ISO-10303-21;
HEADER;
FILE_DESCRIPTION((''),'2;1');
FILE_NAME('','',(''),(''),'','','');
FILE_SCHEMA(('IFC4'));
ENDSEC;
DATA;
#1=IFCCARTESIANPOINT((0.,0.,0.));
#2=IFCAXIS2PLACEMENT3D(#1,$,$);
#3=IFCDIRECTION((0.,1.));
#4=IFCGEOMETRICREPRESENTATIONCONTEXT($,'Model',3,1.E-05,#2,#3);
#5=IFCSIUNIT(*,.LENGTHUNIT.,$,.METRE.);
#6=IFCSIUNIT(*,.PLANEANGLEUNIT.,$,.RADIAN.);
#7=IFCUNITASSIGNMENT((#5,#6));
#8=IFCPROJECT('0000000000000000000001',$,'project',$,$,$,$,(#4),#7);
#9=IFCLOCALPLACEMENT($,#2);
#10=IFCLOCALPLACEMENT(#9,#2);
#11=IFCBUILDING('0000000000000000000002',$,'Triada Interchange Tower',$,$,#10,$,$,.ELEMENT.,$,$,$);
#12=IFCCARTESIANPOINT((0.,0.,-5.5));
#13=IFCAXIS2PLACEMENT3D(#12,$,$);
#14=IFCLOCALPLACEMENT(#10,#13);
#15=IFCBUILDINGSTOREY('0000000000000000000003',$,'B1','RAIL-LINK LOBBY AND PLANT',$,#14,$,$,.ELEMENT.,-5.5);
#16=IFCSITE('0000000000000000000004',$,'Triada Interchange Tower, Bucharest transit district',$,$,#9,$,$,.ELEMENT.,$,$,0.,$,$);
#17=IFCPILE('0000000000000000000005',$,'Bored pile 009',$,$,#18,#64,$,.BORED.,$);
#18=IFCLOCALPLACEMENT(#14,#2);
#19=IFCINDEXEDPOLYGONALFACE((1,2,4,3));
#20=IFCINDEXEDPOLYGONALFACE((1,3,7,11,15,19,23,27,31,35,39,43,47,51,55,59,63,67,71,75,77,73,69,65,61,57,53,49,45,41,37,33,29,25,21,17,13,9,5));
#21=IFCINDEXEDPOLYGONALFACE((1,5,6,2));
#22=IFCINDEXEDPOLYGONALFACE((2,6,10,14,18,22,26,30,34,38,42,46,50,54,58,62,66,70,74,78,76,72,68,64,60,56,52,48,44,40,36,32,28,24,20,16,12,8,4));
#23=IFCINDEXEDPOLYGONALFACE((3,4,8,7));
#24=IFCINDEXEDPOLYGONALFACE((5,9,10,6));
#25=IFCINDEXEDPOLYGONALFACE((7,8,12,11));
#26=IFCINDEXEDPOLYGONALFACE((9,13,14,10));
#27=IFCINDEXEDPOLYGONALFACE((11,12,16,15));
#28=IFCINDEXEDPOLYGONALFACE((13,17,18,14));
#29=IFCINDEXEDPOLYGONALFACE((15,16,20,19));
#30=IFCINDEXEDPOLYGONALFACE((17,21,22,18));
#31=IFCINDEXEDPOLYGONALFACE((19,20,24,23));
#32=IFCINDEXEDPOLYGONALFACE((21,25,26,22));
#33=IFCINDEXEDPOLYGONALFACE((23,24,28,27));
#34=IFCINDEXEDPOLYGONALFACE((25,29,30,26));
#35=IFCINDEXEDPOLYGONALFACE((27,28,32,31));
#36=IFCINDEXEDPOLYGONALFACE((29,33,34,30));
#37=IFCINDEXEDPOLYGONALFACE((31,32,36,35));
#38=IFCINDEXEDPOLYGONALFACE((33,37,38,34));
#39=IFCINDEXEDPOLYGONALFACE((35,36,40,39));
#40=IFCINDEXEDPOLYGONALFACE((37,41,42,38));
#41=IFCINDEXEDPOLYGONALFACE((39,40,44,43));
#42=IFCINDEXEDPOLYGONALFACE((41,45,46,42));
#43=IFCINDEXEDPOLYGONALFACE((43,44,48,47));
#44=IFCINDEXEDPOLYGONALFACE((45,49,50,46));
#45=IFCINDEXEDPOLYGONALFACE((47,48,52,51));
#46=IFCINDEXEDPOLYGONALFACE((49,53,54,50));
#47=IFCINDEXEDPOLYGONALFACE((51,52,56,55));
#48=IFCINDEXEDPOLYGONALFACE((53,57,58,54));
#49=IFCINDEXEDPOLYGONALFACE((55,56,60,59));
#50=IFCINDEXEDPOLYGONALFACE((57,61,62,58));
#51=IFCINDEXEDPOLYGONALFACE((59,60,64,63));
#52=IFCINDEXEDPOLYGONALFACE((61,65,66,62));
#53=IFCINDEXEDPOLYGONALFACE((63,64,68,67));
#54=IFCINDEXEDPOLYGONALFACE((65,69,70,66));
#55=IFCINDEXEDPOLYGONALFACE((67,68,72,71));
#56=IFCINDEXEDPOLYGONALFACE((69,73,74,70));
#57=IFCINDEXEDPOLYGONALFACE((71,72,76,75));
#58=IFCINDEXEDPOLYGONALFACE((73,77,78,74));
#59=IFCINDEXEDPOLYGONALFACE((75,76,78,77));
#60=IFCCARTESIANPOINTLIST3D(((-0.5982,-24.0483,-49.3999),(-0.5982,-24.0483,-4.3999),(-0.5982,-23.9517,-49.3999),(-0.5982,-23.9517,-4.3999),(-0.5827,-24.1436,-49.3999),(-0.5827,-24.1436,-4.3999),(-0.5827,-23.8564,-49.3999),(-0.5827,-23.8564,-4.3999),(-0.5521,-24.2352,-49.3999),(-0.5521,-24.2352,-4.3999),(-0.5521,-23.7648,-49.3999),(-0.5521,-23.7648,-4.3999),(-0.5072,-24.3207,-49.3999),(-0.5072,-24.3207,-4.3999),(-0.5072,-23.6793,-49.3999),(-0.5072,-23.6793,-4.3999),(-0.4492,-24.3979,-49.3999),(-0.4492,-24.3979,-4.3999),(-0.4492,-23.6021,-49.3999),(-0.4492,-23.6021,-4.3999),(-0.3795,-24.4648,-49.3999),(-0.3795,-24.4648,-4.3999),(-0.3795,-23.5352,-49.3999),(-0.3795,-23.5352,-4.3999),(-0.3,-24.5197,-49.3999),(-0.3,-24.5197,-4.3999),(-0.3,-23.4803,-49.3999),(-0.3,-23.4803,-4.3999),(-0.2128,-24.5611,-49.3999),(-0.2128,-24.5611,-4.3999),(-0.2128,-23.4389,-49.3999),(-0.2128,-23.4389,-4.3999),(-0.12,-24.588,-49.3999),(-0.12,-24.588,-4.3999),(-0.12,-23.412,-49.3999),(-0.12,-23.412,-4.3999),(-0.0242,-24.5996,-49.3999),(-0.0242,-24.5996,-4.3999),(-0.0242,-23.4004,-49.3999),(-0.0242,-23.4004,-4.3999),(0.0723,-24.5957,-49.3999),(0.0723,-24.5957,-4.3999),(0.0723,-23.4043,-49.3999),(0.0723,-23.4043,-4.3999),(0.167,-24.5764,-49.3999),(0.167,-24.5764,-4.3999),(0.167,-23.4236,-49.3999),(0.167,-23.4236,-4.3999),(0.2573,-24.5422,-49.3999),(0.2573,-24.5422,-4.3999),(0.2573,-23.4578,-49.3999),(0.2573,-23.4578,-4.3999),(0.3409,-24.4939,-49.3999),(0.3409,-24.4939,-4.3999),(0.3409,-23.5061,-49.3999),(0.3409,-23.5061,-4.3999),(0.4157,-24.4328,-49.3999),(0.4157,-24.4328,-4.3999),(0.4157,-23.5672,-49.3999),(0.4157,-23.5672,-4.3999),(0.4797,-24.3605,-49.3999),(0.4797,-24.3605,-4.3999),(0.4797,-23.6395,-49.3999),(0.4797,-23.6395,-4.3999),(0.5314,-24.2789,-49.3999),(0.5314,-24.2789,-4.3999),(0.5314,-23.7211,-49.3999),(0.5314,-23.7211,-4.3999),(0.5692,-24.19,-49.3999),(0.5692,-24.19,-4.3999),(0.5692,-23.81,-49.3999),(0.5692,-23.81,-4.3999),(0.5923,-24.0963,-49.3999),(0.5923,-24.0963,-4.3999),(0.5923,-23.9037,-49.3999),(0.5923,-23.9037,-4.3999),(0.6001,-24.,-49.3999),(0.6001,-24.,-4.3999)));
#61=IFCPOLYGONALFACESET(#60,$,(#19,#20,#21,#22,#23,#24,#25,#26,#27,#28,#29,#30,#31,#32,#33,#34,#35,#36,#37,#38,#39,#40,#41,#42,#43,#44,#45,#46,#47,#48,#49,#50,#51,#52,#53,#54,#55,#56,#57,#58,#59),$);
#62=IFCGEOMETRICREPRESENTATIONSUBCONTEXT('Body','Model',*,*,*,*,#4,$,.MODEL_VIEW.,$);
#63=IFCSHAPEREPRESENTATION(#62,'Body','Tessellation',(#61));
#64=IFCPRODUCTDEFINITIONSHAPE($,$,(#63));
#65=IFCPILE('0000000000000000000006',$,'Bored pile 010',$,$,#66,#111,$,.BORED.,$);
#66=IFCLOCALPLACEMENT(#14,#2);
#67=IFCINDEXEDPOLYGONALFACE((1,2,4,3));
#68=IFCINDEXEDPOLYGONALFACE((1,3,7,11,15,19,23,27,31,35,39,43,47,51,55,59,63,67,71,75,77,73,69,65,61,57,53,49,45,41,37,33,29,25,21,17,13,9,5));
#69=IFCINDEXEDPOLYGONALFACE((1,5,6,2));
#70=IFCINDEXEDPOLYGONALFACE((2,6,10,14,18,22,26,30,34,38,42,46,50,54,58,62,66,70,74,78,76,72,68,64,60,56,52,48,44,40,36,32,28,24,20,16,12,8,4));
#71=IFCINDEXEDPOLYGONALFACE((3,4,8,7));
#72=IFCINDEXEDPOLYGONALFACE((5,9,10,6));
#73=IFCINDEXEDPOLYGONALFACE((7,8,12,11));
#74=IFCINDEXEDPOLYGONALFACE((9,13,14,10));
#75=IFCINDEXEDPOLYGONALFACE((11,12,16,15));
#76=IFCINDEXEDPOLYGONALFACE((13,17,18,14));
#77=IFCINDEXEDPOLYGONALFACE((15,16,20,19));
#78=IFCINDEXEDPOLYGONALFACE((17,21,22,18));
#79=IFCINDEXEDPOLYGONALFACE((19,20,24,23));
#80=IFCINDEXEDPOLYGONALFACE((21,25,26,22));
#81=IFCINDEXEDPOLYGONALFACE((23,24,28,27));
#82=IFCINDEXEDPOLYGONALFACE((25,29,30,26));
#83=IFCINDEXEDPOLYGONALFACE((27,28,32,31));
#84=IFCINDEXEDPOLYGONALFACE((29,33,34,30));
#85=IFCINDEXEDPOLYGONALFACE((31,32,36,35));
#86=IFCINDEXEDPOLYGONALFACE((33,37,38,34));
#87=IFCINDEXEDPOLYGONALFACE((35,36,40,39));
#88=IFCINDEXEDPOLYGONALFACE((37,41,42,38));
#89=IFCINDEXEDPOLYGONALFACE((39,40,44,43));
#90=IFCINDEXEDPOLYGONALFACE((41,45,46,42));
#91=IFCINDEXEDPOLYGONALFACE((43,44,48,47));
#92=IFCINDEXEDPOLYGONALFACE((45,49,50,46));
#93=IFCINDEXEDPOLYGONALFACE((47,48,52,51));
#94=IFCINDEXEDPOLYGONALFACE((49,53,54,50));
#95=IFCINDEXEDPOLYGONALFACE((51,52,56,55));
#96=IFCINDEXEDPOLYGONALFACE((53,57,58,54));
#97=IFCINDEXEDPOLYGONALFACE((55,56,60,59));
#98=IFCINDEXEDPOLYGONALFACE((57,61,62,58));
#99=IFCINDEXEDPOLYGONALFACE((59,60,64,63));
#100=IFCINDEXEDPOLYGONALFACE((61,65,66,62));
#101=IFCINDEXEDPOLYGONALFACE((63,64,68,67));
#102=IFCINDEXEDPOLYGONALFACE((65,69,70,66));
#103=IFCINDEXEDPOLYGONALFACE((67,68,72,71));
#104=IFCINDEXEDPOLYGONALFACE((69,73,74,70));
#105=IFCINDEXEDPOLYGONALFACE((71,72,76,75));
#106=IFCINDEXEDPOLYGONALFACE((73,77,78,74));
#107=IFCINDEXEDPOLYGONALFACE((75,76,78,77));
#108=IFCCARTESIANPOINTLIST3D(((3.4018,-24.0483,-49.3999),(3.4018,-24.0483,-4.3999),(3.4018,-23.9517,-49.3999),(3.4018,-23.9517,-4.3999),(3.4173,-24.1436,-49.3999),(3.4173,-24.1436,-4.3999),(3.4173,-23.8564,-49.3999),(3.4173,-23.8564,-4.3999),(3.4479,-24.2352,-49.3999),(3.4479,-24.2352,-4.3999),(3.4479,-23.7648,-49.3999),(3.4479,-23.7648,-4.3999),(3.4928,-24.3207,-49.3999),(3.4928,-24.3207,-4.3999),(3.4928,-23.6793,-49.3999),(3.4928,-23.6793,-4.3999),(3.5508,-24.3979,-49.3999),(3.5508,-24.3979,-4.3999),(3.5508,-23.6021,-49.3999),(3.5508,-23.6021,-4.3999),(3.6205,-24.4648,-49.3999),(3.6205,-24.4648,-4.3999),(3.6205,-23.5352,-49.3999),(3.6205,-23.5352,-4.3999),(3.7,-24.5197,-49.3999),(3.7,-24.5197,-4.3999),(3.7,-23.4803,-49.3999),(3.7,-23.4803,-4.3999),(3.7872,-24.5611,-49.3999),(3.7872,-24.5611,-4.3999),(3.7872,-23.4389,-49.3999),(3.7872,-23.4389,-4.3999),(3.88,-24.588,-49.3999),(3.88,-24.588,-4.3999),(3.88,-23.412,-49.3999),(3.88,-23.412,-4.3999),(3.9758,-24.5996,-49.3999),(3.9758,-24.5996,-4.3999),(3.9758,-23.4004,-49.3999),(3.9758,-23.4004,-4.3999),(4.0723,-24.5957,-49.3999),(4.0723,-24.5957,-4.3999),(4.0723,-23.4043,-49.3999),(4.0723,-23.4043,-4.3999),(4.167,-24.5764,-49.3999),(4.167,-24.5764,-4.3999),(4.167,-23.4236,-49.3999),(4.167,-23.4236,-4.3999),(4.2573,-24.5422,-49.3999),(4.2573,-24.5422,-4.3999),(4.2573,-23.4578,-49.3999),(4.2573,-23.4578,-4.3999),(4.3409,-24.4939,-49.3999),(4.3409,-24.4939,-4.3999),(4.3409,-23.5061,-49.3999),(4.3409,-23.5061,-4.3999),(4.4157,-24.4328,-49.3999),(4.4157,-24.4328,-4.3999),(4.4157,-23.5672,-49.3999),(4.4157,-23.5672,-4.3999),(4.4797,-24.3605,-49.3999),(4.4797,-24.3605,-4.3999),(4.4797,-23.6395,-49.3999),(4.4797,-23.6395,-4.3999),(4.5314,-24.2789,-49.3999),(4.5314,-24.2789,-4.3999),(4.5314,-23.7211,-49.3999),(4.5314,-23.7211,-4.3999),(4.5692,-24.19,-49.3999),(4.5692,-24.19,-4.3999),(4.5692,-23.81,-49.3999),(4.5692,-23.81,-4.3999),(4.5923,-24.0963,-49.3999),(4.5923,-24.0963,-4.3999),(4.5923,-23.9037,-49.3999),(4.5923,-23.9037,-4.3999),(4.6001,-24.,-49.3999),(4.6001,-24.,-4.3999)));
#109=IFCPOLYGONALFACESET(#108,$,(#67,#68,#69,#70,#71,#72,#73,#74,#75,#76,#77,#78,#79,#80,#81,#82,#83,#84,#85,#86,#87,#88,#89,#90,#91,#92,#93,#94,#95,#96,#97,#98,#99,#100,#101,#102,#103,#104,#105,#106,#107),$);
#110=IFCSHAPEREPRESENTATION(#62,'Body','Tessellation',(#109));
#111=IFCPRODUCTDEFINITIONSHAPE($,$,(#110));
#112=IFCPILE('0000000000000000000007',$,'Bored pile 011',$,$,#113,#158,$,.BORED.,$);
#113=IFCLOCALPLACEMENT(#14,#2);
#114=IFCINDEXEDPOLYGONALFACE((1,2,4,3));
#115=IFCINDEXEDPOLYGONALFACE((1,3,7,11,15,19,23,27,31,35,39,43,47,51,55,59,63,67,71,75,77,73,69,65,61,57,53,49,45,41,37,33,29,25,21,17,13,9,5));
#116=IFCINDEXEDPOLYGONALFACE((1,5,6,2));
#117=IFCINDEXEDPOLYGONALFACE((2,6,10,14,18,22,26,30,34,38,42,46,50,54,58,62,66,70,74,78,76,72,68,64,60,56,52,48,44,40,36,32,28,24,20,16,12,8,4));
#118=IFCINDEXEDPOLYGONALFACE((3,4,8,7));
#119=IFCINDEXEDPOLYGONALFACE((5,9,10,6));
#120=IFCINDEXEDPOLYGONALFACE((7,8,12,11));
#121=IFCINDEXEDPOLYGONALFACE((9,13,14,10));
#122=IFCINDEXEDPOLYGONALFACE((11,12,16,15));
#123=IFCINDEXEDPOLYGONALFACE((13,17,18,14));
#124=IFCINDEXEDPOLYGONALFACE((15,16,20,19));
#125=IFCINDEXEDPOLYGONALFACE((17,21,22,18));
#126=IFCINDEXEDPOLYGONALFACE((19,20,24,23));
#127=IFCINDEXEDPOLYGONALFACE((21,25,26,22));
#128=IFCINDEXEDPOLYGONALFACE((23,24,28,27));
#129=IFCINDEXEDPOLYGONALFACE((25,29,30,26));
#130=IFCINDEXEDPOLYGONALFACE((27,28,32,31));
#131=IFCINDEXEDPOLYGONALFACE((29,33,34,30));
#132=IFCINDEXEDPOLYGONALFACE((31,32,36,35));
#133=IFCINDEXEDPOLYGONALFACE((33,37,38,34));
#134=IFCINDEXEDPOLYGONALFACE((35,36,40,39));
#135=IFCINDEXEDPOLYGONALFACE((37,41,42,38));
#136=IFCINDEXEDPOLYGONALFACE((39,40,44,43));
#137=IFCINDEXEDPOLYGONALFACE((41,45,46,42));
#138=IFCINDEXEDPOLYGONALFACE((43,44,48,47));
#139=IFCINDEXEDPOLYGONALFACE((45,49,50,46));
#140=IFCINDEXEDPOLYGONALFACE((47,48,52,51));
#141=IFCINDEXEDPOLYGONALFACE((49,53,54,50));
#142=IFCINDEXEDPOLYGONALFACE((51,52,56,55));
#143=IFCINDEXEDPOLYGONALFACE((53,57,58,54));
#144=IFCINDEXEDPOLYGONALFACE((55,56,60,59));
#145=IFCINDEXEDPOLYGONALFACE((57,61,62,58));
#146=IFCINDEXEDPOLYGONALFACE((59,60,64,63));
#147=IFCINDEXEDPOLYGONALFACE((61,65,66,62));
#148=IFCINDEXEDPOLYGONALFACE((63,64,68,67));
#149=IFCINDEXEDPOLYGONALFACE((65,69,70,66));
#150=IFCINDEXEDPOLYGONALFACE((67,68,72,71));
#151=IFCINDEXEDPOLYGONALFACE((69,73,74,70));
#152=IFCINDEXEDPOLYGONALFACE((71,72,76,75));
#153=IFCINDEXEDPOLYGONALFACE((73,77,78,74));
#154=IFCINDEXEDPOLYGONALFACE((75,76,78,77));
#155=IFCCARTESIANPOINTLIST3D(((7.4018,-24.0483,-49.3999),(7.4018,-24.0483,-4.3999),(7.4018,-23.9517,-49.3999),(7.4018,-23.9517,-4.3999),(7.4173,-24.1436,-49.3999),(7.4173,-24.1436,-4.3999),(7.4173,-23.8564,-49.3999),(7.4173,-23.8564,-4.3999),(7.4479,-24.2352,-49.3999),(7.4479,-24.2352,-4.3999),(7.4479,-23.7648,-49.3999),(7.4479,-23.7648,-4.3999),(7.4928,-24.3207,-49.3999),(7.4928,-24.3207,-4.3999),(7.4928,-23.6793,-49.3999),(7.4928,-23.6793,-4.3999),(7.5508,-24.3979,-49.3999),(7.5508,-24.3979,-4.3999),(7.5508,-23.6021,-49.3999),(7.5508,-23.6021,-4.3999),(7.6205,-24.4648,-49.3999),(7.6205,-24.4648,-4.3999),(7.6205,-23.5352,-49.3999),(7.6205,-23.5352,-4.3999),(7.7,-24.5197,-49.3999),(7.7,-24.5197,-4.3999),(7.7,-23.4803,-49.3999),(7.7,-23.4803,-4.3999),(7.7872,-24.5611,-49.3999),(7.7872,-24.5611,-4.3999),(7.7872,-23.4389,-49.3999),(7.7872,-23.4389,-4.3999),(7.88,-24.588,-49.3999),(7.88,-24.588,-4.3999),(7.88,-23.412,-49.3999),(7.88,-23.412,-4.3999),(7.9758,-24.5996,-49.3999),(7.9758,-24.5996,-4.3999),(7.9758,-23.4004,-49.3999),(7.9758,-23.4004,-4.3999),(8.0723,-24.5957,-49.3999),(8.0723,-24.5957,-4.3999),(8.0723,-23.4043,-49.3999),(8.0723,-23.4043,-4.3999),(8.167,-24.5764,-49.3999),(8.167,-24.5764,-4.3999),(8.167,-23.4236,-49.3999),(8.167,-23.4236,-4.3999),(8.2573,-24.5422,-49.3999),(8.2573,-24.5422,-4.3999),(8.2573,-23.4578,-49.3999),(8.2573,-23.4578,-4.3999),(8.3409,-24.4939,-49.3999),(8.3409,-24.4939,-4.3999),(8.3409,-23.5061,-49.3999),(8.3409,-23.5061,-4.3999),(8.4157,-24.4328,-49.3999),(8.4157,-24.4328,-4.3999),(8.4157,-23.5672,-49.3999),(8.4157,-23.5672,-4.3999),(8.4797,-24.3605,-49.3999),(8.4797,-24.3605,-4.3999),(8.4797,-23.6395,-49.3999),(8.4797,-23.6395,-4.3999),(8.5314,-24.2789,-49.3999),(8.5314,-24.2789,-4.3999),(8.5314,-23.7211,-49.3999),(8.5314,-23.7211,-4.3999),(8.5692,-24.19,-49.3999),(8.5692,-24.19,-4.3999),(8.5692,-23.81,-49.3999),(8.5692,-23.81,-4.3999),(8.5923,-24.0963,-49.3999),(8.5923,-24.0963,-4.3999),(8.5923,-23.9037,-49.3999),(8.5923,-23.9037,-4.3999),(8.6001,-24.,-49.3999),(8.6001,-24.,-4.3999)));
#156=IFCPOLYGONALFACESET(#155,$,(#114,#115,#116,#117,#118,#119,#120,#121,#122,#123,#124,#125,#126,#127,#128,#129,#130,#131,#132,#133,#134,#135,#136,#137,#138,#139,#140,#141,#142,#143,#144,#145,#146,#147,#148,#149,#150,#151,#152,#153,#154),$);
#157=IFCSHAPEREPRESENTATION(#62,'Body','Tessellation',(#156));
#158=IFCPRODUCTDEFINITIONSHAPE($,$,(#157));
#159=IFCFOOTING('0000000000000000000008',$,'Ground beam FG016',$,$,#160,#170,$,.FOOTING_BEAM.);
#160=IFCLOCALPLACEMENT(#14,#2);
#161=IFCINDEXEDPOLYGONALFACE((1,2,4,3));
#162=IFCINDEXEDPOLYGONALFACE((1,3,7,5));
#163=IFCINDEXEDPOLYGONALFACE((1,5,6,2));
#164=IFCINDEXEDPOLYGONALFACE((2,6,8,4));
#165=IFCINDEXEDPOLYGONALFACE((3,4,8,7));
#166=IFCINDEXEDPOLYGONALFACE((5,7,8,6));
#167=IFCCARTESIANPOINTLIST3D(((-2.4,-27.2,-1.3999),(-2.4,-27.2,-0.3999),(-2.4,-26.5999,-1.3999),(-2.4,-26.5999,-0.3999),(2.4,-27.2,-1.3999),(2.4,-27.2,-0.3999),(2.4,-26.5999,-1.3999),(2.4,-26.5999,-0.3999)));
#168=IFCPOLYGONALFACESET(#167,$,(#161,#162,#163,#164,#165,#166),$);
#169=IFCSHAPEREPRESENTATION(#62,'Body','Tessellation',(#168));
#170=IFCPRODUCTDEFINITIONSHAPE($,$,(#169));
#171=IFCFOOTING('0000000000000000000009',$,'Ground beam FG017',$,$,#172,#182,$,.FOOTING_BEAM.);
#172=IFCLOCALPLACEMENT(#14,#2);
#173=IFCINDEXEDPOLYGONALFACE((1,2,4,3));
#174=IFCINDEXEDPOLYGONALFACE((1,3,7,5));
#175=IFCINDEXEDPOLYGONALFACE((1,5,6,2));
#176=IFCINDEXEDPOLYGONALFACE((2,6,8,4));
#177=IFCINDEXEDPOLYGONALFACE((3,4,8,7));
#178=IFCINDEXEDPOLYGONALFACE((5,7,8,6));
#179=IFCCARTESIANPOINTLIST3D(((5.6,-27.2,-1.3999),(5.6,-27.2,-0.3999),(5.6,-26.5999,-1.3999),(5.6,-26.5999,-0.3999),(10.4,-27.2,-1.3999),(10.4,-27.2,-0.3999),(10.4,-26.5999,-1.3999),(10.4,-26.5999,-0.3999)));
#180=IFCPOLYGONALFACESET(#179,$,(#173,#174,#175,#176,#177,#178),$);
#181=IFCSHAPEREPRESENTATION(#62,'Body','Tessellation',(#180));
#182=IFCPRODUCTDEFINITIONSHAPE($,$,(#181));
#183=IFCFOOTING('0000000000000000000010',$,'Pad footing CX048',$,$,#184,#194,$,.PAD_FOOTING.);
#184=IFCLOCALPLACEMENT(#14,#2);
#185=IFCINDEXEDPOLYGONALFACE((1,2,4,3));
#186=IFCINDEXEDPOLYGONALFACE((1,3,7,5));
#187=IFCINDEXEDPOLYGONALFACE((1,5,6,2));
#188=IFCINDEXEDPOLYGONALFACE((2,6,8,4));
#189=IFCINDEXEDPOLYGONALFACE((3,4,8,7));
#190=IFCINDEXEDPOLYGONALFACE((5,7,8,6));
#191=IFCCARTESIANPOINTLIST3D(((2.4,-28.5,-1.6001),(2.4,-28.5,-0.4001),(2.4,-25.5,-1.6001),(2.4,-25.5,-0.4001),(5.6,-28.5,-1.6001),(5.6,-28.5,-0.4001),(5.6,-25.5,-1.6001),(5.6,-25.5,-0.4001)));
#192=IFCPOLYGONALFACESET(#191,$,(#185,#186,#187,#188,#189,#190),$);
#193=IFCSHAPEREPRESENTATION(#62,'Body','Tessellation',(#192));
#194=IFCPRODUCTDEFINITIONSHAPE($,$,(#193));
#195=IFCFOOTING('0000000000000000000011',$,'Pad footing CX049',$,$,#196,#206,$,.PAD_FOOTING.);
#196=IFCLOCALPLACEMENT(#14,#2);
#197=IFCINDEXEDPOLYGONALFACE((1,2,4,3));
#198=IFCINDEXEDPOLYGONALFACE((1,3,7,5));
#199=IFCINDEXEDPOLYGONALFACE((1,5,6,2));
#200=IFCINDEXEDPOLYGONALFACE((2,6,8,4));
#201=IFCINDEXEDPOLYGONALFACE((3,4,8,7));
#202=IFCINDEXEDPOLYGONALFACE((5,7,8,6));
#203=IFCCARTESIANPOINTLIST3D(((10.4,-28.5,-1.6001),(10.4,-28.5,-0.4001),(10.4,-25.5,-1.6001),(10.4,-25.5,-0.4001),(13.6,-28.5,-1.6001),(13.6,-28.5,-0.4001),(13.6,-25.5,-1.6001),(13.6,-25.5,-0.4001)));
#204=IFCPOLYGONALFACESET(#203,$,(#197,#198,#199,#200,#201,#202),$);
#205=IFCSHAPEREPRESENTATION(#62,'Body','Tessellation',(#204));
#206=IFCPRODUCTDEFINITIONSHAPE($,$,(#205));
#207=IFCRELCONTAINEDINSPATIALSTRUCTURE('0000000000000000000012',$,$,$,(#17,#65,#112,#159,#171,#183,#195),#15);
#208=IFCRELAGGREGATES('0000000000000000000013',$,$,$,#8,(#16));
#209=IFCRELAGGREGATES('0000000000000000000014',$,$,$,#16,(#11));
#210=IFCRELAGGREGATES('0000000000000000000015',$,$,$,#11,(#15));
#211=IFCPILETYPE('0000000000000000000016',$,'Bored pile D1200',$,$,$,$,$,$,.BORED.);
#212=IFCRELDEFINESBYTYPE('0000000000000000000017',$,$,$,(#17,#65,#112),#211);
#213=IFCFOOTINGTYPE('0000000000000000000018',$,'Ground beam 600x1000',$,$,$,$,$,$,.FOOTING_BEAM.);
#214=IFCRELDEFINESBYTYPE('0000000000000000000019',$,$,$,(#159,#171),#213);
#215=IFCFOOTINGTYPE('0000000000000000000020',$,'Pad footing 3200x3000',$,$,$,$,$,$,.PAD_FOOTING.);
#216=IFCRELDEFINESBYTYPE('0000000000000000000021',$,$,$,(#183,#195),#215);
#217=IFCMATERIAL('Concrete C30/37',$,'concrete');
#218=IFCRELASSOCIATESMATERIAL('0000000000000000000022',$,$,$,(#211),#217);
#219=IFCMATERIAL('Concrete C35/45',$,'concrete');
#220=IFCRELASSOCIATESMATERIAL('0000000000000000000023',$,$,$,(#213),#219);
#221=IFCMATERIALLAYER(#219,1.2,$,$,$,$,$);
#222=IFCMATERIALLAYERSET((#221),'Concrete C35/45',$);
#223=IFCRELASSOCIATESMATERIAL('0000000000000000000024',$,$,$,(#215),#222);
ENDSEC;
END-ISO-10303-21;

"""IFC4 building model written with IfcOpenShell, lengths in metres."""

from ifc_helpers import new_model, si_unit, direction, frame, origin, origin_2d, place, context, subcontext, project, spatial, rectangle, circle, extrude, material, layer, layer_set, material_profile, profile_set, type_object, element, save


model = new_model("IFC4")

# Units and contexts
model_context = context("Model", 3, precision=1e-05, world=origin(), true_north=direction((0.0, 1.0)))
body_context = subcontext(model_context, "Body", "Model", "MODEL_VIEW")
ifc_project = project(units=[si_unit("LENGTHUNIT", "METRE"), si_unit("PLANEANGLEUNIT", "RADIAN")], contexts=[model_context])

# Site, building, storey
site_placement = place(None, origin())
site = spatial("IfcSite", under=ifc_project, at=site_placement, Name="Triada Interchange Tower, Bucharest transit district", CompositionType="ELEMENT", RefElevation=0.0)
building_placement = place(site_placement, origin())
building = spatial("IfcBuilding", under=site, at=building_placement, Name="Triada Interchange Tower", CompositionType="ELEMENT")
storey_placement = place(building_placement, frame((0.0, 0.0, -5.5)))
storey = spatial("IfcBuildingStorey", under=building, at=storey_placement, Name="B1", Description="RAIL-LINK LOBBY AND PLANT", CompositionType="ELEMENT", Elevation=-5.5)

# Piles
ifc_material_1 = material(Name="Concrete C30/37", Category="concrete")
ifc_material_profile_1 = material_profile(ifc_material_1, circle(Radius=0.6001, at=origin_2d()), Name="RC D1200")
ifc_profile_set_1 = profile_set([ifc_material_profile_1], Name="Concrete C30/37")
pile_type = type_object("IfcPileType", Name="Bored pile D1200", PredefinedType="BORED", material=ifc_profile_set_1)
for number, where, z_axis, x_axis, name in (
    (1, (0.0, -24.0, -4.3999), (0.0, 0.0, -1.0), (1.0, 0.0, 0.0), "Bored pile 009"),
    (2, (4.0, -24.0, -4.3999), (0.0, 0.0, -1.0), (1.0, 0.0, 0.0), "Bored pile 010"),
    (3, (8.0, -24.0, -4.3999), (0.0, 0.0, -1.0), (1.0, 0.0, 0.0), "Bored pile 011"),
):
    element("IfcPile", number, at=place(storey_placement, frame(where, z_axis=z_axis, x_axis=x_axis)), inside=storey, type_object=pile_type, Name=name, PredefinedType="BORED", context=body_context, shape_type="SweptSolid", body=[
        extrude(circle(Radius=0.6001, at=origin_2d()), origin(), (0.0, 0.0, 1.0), 45.0),
    ])

# Footings
ifc_material_2 = material(Name="Concrete C35/45", Category="concrete")
footing_type_1 = type_object("IfcFootingType", Name="Ground beam 600x1000", PredefinedType="FOOTING_BEAM", material=ifc_material_2)
for number, where, z_axis, x_axis, name in (
    (4, (0.0, -26.8999, -1.3999), (0.0, 0.0, 1.0), (1.0, 0.0, 0.0), "Ground beam FG016"),
    (5, (8.0, -26.8999, -1.3999), (0.0, 0.0, 1.0), (1.0, 0.0, 0.0), "Ground beam FG017"),
):
    element("IfcFooting", number, at=place(storey_placement, frame(where, z_axis=z_axis, x_axis=x_axis)), inside=storey, type_object=footing_type_1, Name=name, PredefinedType="FOOTING_BEAM", context=body_context, shape_type="SweptSolid", body=[
        extrude(rectangle(XDim=4.8, YDim=0.6001, at=origin_2d()), origin(), (0.0, 0.0, 1.0), 1.0),
    ])
ifc_layer_1 = layer(ifc_material_2, 1.2)
ifc_layer_set_1 = layer_set([ifc_layer_1], Name="Concrete C35/45")
footing_type_2 = type_object("IfcFootingType", Name="Pad footing 3200x3000", PredefinedType="PAD_FOOTING", material=ifc_layer_set_1)
for number, where, z_axis, x_axis, name in (
    (6, (4.0, -27.0, -1.6001), (0.0, 0.0, 1.0), (1.0, 0.0, 0.0), "Pad footing CX048"),
    (7, (12.0, -27.0, -1.6001), (0.0, 0.0, 1.0), (1.0, 0.0, 0.0), "Pad footing CX049"),
):
    element("IfcFooting", number, at=place(storey_placement, frame(where, z_axis=z_axis, x_axis=x_axis)), inside=storey, type_object=footing_type_2, Name=name, PredefinedType="PAD_FOOTING", context=body_context, shape_type="SweptSolid", body=[
        extrude(rectangle(XDim=3.2, YDim=3.0, at=origin_2d()), origin(), (0.0, 0.0, 1.0), 1.2),
    ])

save(model, "model.ifc")
